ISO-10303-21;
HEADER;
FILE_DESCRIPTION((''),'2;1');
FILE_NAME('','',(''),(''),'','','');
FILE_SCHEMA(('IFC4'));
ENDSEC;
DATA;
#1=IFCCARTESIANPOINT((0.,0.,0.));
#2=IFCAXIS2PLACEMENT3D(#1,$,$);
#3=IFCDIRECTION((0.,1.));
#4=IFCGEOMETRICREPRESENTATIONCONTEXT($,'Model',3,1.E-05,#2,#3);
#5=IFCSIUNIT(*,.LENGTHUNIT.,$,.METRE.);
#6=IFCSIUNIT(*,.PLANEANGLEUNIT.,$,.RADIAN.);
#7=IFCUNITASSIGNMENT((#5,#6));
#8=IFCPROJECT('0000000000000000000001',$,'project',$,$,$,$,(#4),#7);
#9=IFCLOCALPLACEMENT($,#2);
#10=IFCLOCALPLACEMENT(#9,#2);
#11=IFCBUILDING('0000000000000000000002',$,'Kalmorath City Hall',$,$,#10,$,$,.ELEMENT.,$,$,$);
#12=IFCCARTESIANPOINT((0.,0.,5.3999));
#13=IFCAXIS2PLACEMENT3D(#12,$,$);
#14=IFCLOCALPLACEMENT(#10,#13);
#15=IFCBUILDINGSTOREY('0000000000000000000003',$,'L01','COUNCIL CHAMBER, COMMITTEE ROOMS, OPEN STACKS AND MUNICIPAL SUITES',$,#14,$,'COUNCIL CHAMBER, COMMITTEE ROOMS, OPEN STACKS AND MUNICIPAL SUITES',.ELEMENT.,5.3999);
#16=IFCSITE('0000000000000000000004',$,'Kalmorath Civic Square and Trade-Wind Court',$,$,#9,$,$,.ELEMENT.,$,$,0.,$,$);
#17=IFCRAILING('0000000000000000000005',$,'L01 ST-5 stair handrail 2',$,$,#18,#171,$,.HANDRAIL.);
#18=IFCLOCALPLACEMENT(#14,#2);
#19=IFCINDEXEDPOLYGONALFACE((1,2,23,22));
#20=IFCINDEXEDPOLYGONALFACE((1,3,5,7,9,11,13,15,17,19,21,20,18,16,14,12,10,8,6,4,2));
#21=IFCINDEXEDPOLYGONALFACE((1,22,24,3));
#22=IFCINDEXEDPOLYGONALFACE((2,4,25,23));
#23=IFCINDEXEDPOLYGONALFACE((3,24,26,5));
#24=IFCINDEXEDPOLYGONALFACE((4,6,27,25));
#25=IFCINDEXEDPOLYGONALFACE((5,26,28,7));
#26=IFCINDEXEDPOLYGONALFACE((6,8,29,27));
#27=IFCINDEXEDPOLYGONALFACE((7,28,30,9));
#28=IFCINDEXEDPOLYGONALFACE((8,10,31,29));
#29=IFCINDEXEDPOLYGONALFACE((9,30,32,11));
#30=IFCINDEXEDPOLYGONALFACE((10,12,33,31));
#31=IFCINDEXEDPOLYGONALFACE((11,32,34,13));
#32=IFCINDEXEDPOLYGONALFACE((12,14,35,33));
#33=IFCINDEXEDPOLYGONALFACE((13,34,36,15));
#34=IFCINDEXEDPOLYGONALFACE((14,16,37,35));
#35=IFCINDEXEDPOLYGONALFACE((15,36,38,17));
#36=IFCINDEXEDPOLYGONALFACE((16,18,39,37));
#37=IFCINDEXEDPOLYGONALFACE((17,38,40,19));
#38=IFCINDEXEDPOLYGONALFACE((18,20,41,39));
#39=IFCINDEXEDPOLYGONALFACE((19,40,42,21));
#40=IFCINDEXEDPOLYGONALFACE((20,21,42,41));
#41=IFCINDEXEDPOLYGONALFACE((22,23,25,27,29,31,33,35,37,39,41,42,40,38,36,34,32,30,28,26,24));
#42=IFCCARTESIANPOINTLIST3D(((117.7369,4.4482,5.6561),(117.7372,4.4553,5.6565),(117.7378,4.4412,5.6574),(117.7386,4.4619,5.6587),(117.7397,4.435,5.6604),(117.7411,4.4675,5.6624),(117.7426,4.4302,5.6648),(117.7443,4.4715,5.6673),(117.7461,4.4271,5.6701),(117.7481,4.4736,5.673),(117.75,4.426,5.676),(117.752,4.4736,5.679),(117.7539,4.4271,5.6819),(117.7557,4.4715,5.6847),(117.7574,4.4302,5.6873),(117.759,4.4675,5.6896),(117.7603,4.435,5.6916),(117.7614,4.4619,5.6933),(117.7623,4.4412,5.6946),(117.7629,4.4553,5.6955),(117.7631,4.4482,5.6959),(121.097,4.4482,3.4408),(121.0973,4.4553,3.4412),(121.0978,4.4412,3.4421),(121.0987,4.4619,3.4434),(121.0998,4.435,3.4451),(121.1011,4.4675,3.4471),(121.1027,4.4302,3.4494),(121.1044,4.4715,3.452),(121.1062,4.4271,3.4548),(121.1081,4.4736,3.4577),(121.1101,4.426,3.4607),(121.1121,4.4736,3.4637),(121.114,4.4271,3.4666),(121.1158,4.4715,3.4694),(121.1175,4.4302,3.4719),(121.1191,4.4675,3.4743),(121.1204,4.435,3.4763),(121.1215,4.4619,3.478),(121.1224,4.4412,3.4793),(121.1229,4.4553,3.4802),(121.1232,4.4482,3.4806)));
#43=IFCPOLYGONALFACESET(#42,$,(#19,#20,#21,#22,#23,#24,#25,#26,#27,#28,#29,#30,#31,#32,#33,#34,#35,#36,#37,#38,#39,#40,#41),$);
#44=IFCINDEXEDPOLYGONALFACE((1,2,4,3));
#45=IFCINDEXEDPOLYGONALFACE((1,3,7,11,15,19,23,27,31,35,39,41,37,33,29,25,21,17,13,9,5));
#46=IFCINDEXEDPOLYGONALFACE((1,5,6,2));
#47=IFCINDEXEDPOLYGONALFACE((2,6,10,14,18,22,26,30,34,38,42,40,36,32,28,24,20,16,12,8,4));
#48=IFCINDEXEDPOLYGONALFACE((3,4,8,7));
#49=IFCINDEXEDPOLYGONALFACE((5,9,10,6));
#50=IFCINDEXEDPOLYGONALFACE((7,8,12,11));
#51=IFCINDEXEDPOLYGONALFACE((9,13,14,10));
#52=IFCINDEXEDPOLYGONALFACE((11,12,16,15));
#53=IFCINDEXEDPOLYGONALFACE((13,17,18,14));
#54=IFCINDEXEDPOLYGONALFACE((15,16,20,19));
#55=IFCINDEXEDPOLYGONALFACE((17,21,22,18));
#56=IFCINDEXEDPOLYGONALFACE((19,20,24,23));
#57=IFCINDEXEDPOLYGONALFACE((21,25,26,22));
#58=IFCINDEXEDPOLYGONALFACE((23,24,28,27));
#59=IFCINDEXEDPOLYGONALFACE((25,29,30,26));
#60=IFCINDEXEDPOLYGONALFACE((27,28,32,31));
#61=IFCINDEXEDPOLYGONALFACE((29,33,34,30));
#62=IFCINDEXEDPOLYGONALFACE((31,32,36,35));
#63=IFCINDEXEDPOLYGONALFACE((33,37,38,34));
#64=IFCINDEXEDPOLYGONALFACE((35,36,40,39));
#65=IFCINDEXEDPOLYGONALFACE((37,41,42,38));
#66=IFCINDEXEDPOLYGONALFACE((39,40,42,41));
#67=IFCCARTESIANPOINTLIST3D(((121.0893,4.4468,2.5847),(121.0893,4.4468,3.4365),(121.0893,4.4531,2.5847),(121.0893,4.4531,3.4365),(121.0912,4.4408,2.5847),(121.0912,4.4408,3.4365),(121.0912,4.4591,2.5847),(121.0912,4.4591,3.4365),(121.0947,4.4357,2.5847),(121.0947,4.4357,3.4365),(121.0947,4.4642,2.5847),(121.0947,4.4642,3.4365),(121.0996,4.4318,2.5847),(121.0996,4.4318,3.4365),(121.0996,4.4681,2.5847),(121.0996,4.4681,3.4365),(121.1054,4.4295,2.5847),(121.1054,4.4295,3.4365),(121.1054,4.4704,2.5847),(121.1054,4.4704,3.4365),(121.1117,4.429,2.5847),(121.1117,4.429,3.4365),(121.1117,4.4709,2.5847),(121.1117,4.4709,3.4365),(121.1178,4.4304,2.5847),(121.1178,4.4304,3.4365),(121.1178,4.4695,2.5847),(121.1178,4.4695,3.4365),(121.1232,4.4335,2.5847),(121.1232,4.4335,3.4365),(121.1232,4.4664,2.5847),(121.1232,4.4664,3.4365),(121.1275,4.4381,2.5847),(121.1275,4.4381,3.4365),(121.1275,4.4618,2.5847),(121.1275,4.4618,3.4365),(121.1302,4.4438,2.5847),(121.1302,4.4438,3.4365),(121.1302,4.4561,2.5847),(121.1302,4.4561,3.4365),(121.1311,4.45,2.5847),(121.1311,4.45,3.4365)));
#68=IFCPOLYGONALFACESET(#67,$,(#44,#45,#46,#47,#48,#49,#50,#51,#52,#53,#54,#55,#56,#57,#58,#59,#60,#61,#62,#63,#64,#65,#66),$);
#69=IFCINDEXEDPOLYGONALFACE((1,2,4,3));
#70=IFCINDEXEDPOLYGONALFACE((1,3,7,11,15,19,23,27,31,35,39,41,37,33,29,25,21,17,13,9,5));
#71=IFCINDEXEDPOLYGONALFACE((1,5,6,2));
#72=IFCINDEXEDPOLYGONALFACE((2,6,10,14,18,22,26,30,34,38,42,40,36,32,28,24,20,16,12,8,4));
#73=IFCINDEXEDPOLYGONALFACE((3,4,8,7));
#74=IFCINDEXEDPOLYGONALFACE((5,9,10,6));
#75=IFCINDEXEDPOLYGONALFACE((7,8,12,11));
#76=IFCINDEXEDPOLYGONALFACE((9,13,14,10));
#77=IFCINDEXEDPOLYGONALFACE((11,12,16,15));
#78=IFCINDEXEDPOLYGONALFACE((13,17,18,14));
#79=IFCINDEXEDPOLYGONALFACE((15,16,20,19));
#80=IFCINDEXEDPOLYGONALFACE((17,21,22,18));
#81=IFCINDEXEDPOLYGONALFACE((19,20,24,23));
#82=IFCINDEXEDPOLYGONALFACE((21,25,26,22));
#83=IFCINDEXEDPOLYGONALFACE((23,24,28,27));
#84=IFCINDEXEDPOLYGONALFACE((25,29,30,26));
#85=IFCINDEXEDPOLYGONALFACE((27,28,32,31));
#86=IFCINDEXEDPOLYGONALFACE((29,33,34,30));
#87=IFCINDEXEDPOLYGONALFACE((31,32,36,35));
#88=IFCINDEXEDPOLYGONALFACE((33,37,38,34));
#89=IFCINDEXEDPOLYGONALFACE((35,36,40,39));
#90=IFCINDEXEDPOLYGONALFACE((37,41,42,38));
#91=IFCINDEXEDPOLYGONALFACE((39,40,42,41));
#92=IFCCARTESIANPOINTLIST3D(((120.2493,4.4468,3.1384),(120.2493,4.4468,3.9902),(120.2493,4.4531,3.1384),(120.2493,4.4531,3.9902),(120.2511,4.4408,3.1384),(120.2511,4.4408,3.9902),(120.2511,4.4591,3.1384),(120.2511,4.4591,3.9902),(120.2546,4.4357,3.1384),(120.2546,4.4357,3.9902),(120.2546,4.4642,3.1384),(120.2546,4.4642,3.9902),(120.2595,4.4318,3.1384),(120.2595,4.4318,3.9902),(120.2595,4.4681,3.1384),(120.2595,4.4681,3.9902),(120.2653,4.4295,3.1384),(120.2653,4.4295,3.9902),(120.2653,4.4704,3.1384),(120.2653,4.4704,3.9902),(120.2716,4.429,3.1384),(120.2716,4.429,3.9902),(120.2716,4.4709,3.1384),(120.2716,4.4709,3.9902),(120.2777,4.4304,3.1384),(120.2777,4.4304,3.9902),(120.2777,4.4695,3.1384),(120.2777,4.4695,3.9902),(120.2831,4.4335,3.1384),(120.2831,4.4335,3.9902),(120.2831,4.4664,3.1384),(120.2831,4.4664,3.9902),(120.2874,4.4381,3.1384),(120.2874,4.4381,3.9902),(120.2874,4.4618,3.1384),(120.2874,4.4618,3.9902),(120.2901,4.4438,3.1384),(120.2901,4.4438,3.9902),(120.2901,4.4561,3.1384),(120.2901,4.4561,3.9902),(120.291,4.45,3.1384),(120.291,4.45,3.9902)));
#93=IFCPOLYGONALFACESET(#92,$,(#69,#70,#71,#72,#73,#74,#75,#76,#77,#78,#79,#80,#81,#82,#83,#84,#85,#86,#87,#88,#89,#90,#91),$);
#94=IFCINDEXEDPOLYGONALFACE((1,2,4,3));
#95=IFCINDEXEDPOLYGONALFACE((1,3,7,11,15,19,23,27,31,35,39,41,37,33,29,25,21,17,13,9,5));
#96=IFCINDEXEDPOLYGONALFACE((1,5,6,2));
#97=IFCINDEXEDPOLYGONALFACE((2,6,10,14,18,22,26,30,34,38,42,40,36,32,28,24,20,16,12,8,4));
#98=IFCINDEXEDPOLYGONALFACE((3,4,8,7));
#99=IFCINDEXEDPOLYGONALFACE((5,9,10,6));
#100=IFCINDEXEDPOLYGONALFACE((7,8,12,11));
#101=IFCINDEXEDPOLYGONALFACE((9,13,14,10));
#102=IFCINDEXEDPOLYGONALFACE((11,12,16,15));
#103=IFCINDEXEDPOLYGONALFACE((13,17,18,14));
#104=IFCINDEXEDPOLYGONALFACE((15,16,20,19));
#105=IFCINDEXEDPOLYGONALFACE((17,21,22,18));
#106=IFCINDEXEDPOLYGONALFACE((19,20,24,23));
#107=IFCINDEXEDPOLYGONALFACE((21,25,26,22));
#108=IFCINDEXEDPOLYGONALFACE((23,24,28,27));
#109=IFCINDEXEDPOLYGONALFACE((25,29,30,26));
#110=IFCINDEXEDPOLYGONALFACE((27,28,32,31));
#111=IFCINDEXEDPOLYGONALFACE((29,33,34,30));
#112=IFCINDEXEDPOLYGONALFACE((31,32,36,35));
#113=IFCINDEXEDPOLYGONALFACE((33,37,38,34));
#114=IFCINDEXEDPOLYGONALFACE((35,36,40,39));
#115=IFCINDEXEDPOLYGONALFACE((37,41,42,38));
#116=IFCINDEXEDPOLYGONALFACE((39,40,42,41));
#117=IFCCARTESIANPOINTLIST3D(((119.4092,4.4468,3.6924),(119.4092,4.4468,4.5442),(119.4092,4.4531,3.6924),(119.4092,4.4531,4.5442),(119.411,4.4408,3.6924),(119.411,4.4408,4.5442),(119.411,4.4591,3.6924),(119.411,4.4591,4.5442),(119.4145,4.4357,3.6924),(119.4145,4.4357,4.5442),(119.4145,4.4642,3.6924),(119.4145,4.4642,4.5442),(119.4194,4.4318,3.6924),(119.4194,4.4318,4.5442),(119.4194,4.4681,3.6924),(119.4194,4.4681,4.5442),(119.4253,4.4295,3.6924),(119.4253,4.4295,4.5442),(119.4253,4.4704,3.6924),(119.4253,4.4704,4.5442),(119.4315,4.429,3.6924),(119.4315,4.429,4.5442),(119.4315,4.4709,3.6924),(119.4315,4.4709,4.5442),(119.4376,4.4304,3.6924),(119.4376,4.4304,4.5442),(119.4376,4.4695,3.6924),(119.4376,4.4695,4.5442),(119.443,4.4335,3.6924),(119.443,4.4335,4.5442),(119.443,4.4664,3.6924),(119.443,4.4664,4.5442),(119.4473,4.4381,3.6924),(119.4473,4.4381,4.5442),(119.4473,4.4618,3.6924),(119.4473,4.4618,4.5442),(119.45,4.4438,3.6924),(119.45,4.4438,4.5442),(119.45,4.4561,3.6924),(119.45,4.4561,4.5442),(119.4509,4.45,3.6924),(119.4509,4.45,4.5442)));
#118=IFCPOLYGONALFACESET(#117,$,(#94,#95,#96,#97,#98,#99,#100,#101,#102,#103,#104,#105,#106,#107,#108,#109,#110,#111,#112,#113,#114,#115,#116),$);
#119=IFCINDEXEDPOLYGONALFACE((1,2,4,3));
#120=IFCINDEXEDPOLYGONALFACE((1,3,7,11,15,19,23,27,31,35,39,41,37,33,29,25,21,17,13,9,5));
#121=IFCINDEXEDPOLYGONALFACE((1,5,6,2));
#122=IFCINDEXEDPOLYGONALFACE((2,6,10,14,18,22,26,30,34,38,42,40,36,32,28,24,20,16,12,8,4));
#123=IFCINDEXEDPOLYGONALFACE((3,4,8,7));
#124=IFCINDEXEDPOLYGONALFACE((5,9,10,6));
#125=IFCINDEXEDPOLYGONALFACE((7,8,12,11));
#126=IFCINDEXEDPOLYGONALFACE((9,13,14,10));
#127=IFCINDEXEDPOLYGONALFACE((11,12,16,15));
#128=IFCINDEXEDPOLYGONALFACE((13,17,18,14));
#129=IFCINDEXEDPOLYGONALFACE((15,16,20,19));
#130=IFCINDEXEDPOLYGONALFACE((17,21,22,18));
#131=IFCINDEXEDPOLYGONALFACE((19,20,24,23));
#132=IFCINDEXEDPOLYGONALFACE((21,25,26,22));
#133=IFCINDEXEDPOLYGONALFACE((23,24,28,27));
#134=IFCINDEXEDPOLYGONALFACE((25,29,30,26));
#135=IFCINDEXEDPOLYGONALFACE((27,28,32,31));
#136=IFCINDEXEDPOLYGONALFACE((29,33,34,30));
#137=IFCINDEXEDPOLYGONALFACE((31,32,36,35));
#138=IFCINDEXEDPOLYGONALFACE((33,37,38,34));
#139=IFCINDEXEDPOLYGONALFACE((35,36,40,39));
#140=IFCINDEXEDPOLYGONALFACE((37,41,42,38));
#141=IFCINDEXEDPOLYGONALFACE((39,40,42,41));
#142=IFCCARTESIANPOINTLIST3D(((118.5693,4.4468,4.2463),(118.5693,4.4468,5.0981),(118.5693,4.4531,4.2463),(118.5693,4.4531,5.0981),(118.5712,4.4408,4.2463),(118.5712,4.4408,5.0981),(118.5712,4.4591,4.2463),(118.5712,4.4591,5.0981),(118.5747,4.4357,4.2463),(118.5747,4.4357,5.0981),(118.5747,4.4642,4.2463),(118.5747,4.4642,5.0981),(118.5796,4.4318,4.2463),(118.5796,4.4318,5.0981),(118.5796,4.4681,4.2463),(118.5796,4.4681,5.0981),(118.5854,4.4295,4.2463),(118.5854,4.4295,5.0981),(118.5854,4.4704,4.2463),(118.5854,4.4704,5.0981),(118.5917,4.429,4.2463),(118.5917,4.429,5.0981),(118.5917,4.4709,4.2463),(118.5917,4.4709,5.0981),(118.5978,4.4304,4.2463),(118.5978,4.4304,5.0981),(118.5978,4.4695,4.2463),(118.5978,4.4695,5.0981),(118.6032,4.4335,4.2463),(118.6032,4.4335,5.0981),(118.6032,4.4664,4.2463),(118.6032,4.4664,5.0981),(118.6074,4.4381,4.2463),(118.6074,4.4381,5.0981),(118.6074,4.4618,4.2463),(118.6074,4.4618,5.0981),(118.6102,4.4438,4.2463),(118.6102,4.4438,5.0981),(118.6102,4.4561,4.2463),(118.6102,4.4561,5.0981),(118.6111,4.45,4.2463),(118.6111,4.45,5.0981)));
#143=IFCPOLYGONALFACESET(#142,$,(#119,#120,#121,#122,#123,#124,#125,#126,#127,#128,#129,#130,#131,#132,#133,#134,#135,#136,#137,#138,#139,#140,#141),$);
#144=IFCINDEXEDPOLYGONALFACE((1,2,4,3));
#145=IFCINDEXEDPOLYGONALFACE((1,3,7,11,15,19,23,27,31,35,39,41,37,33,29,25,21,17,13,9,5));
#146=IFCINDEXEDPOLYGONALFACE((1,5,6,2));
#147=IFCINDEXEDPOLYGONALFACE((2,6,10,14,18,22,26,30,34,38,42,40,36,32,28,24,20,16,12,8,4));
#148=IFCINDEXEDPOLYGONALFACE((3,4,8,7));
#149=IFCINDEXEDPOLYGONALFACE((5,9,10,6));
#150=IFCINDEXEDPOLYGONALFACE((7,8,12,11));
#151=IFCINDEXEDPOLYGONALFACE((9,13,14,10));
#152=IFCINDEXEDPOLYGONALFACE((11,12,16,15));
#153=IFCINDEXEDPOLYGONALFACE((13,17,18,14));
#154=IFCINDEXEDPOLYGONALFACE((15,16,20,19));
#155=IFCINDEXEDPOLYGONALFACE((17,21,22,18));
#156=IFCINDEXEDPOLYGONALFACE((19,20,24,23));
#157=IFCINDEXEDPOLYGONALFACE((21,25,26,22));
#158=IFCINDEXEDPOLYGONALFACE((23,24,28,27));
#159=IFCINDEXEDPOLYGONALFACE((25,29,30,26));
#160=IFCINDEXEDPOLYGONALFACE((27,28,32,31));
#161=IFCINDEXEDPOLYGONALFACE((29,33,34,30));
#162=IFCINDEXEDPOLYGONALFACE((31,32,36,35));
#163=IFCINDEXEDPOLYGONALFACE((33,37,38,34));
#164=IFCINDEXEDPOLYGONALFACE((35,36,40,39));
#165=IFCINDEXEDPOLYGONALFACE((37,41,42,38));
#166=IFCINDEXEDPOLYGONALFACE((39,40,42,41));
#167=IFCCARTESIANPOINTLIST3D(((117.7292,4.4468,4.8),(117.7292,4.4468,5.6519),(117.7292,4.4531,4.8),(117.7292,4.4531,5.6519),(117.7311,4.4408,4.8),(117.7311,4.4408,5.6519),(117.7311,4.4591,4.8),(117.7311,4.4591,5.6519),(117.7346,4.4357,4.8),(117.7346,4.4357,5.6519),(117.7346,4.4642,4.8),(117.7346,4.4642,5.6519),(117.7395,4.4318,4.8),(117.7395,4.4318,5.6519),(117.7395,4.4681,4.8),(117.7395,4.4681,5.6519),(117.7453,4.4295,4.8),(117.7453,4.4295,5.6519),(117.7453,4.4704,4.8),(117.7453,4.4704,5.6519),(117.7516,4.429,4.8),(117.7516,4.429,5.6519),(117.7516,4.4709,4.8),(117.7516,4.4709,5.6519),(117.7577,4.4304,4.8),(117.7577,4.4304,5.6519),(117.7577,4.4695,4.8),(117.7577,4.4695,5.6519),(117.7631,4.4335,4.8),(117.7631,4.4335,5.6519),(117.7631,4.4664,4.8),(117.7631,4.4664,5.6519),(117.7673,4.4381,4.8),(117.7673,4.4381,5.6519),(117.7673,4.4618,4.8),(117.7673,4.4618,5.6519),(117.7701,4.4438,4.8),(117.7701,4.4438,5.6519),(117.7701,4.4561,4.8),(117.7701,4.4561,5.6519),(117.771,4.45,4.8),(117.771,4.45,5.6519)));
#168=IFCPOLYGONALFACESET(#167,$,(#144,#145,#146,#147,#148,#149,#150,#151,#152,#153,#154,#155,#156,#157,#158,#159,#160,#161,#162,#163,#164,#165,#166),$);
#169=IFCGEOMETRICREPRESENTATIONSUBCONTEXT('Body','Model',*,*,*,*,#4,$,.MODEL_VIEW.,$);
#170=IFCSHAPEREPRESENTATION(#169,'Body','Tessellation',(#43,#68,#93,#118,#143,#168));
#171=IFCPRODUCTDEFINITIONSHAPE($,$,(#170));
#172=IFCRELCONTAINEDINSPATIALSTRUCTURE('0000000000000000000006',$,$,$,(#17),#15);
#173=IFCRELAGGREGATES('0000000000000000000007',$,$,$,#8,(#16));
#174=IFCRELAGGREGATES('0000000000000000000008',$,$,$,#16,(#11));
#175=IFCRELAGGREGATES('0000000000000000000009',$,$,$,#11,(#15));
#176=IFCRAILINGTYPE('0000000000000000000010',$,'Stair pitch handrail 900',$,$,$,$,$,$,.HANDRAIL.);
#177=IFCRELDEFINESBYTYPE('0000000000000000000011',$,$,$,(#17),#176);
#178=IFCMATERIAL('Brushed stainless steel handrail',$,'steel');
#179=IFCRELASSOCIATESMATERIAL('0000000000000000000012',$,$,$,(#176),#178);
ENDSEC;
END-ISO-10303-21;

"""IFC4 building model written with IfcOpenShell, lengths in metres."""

from ifc_helpers import new_model, si_unit, direction, frame, origin, origin_2d, place, context, subcontext, project, spatial, circle, extrude, material, type_object, element, save


model = new_model("IFC4")

# Units and contexts
model_context = context("Model", 3, precision=1e-05, world=origin(), true_north=direction((0.0, 1.0)))
body_context = subcontext(model_context, "Body", "Model", "MODEL_VIEW")
ifc_project = project(units=[si_unit("LENGTHUNIT", "METRE"), si_unit("PLANEANGLEUNIT", "RADIAN")], contexts=[model_context])

# Site, building, storey
site_placement = place(None, origin())
site = spatial("IfcSite", under=ifc_project, at=site_placement, Name="Kalmorath Civic Square and Trade-Wind Court", CompositionType="ELEMENT", RefElevation=0.0)
building_placement = place(site_placement, origin())
building = spatial("IfcBuilding", under=site, at=building_placement, Name="Kalmorath City Hall", CompositionType="ELEMENT")
storey_placement = place(building_placement, frame((0.0, 0.0, 5.3999)))
storey = spatial("IfcBuildingStorey", under=building, at=storey_placement, Name="L01", Description="COUNCIL CHAMBER, COMMITTEE ROOMS, OPEN STACKS AND MUNICIPAL SUITES", LongName="COUNCIL CHAMBER, COMMITTEE ROOMS, OPEN STACKS AND MUNICIPAL SUITES", CompositionType="ELEMENT", Elevation=5.3999)

# Railing
ifc_material_1 = material(Name="Brushed stainless steel handrail", Category="steel")
railing_type_1 = type_object("IfcRailingType", Name="Stair pitch handrail 900", PredefinedType="HANDRAIL", material=ifc_material_1)
railing_1_placement = place(storey_placement, frame((121.1101, 4.45, 2.5847)))
element("IfcRailing", 1, at=railing_1_placement, inside=storey, type_object=railing_type_1, Name="L01 ST-5 stair handrail 2", PredefinedType="HANDRAIL", context=body_context, shape_type="SweptSolid", body=[
    extrude(circle(Radius=0.0239, at=origin_2d()), frame((0.0, 0.0, 0.876), z_axis=(-0.834876, 0.0, 0.550437), x_axis=(0.0, -1.0, 0.0)), (0.0, 0.0, 1.0), 4.0247),
    extrude(circle(Radius=0.021, at=origin_2d()), origin(), (0.0, 0.0, 1.0), 0.8518),
    extrude(circle(Radius=0.021, at=origin_2d()), frame((-0.8401, 0.0, 0.5537)), (0.0, 0.0, 1.0), 0.8518),
    extrude(circle(Radius=0.021, at=origin_2d()), frame((-1.6802, 0.0, 1.1077)), (0.0, 0.0, 1.0), 0.8518),
    extrude(circle(Radius=0.021, at=origin_2d()), frame((-2.52, 0.0, 1.6616)), (0.0, 0.0, 1.0), 0.8518),
    extrude(circle(Radius=0.021, at=origin_2d()), frame((-3.3601, 0.0, 2.2153)), (0.0, 0.0, 1.0), 0.8518),
])

save(model, "model.ifc")
